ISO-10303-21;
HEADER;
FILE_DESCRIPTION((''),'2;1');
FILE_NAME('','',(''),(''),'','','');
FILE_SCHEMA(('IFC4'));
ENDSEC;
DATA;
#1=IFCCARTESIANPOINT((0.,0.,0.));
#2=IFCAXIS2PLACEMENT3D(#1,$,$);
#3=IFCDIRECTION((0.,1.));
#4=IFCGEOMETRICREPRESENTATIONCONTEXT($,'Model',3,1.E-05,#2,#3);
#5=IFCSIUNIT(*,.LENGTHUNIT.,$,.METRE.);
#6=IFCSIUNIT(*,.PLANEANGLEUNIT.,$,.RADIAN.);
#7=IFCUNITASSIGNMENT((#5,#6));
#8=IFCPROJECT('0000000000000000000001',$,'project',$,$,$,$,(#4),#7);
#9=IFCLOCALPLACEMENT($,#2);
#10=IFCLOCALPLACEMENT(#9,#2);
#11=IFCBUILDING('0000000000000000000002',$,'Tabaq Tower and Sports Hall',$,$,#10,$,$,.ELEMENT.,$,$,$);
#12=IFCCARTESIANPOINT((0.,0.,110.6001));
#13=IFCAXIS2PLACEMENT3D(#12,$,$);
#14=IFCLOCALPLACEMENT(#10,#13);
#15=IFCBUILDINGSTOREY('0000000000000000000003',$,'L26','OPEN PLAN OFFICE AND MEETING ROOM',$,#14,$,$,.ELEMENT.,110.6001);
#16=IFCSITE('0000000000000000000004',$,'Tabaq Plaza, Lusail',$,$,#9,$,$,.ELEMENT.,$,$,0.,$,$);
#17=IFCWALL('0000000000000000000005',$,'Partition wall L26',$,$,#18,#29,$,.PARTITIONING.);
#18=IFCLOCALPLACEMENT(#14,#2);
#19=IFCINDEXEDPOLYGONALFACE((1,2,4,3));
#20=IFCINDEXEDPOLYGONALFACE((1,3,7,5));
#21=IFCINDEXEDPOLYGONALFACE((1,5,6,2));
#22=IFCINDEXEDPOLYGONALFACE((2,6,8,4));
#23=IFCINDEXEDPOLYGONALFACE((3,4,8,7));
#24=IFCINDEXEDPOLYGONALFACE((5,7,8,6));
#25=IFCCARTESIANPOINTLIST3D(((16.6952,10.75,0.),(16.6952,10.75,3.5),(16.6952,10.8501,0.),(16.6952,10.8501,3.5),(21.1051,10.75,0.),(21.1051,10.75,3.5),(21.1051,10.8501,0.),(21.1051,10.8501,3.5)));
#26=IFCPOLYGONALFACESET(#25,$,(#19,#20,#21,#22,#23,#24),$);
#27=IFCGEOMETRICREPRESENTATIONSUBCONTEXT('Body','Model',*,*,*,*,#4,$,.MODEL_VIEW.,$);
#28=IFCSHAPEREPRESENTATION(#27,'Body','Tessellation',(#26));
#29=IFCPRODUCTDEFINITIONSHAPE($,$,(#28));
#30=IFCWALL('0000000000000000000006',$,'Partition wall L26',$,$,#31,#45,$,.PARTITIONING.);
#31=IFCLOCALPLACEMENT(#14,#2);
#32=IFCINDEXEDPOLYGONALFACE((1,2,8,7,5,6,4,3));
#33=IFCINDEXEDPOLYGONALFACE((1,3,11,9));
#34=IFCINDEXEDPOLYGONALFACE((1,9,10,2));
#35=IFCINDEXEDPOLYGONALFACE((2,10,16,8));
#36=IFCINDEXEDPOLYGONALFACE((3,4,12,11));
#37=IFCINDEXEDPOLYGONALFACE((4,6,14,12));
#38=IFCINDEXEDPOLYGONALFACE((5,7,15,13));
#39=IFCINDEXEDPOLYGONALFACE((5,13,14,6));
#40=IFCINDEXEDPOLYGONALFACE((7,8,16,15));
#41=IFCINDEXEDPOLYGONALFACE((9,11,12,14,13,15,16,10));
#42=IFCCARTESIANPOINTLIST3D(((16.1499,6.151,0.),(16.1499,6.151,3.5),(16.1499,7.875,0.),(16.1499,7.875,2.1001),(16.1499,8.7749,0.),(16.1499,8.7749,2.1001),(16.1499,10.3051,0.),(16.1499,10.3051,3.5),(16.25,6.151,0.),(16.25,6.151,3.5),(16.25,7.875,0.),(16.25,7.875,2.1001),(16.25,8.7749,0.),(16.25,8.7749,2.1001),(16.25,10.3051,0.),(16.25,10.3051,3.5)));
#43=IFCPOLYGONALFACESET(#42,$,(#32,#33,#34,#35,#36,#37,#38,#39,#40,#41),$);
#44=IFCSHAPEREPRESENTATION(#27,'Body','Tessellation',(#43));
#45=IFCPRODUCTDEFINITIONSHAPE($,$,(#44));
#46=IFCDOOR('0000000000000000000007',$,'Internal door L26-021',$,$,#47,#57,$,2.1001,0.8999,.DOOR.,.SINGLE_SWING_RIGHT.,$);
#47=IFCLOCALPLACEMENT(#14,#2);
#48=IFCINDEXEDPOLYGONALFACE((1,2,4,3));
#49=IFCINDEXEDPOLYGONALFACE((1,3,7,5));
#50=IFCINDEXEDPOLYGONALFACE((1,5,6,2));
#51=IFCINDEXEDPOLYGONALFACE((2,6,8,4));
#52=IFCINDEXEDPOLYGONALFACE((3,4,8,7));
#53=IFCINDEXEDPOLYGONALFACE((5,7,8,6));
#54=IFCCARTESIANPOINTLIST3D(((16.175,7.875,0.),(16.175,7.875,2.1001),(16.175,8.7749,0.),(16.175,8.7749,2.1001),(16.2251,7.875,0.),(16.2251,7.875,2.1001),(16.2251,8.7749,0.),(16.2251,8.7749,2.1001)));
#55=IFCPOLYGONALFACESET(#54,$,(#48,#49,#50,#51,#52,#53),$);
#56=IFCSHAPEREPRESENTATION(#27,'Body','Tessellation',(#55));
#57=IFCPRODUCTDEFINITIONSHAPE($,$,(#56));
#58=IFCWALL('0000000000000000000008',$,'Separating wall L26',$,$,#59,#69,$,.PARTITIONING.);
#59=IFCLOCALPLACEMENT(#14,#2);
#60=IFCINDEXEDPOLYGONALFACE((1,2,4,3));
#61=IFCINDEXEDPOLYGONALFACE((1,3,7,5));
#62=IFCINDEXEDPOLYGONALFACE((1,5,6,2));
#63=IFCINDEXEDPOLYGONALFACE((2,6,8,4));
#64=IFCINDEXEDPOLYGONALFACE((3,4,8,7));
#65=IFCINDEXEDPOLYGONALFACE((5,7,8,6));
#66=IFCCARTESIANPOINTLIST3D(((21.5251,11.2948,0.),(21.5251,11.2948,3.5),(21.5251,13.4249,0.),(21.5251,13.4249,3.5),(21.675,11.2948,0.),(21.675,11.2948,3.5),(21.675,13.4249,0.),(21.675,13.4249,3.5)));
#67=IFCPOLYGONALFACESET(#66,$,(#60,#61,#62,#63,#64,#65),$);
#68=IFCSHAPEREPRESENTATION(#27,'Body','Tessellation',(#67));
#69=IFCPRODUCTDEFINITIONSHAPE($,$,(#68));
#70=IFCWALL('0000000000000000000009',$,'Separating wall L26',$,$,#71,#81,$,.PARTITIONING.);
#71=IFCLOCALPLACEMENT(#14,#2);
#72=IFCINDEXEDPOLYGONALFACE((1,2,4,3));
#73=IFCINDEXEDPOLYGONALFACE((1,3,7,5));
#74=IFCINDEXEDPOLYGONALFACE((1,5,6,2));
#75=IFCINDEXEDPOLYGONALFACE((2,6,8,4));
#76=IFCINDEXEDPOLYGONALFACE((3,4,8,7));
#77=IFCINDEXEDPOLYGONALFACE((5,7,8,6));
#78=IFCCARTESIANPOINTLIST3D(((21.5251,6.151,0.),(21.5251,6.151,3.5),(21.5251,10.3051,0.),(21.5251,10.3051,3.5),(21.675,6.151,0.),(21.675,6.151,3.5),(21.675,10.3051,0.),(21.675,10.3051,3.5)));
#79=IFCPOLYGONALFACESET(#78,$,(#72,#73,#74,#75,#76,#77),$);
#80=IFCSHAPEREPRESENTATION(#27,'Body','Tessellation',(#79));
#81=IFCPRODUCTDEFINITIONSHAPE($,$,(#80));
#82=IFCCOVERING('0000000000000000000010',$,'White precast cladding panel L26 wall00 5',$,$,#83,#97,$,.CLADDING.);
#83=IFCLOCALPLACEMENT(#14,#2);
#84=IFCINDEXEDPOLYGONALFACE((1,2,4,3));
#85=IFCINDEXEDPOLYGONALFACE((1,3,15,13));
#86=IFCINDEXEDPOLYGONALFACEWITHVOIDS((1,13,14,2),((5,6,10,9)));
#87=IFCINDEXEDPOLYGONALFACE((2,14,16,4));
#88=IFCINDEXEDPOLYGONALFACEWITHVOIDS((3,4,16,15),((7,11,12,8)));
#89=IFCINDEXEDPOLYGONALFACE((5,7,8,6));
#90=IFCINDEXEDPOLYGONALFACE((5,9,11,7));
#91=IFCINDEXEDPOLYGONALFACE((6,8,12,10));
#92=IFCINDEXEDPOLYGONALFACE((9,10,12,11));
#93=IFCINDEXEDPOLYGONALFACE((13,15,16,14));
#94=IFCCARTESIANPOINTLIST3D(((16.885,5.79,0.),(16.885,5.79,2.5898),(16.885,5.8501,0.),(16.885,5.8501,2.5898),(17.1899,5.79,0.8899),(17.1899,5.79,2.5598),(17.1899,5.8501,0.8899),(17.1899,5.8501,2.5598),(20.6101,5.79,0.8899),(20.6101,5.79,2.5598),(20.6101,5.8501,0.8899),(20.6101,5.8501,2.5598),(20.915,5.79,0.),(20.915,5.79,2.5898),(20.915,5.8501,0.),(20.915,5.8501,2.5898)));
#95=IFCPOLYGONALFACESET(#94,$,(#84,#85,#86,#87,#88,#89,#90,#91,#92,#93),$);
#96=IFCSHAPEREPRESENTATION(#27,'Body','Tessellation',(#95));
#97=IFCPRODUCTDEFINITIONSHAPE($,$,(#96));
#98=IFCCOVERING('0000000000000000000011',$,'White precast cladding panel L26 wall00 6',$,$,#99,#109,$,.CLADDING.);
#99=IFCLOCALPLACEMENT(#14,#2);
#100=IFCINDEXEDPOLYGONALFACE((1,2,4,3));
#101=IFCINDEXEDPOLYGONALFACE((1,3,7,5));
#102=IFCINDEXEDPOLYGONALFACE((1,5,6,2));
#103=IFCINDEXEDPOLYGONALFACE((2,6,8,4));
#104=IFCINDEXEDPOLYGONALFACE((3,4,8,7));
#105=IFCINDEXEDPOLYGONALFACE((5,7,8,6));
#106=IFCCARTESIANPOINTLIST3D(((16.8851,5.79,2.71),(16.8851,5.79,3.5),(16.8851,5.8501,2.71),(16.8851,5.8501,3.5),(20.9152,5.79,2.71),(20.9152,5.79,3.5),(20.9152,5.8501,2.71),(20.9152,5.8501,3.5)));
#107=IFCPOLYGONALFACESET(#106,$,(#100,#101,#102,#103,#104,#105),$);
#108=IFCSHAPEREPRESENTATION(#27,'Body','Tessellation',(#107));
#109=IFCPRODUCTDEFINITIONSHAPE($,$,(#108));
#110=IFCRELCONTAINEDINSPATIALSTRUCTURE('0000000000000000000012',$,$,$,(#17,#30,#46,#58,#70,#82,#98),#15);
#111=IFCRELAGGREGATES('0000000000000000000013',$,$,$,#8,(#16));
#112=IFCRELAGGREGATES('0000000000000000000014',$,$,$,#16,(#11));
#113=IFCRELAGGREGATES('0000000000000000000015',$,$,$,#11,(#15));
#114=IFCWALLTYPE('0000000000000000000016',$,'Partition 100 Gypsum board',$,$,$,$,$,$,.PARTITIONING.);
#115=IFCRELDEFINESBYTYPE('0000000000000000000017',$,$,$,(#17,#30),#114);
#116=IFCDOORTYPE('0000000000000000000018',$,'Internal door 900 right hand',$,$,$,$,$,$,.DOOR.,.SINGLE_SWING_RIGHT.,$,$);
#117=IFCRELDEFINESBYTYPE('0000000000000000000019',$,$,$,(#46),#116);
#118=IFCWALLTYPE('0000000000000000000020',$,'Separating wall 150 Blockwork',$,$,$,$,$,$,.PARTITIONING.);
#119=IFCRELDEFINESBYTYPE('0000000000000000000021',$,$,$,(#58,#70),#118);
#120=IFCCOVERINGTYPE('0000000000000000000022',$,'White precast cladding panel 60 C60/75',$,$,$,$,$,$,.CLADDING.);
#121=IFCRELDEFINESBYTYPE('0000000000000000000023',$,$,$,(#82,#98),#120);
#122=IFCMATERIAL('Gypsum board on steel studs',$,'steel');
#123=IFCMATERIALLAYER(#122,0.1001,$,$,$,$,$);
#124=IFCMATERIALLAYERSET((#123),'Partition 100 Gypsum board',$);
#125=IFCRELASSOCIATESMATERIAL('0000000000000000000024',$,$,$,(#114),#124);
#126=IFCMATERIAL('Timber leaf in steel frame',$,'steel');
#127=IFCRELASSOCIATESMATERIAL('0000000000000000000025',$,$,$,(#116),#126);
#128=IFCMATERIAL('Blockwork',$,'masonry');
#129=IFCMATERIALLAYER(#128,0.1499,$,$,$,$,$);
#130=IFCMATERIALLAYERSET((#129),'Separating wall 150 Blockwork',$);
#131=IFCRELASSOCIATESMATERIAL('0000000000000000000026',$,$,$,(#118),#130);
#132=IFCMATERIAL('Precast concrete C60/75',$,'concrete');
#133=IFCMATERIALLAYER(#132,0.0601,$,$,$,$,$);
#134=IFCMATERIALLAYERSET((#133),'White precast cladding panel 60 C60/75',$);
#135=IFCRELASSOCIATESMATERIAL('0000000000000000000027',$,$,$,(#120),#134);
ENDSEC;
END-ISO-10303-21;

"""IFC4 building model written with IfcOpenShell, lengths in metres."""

from ifc_helpers import new_model, si_unit, direction, frame, frame_2d, origin, place, context, subcontext, project, spatial, polyline, rectangle, outline, extrude, material, layer, layer_set, type_object, element, fill, save


model = new_model("IFC4")

# Units and contexts
model_context = context("Model", 3, precision=1e-05, world=origin(), true_north=direction((0.0, 1.0)))
body_context = subcontext(model_context, "Body", "Model", "MODEL_VIEW")
ifc_project = project(units=[si_unit("LENGTHUNIT", "METRE"), si_unit("PLANEANGLEUNIT", "RADIAN")], contexts=[model_context])

# Site, building, storey
site_placement = place(None, origin())
site = spatial("IfcSite", under=ifc_project, at=site_placement, Name="Tabaq Plaza, Lusail", CompositionType="ELEMENT", RefElevation=0.0)
building_placement = place(site_placement, origin())
building = spatial("IfcBuilding", under=site, at=building_placement, Name="Tabaq Tower and Sports Hall", CompositionType="ELEMENT")
storey_placement = place(building_placement, frame((0.0, 0.0, 110.6001)))
storey = spatial("IfcBuildingStorey", under=building, at=storey_placement, Name="L26", Description="OPEN PLAN OFFICE AND MEETING ROOM", CompositionType="ELEMENT", Elevation=110.6001)

# Shared definitions
ifc_material_1 = material(Name="Gypsum board on steel studs", Category="steel")
ifc_layer_1 = layer(ifc_material_1, 0.1001)
ifc_layer_set_1 = layer_set([ifc_layer_1], Name="Partition 100 Gypsum board")
wall_type_1 = type_object("IfcWallType", Name="Partition 100 Gypsum board", PredefinedType="PARTITIONING", material=ifc_layer_set_1)
ifc_material_2 = material(Name="Timber leaf in steel frame", Category="steel")
door_type_1 = type_object("IfcDoorType", Name="Internal door 900 right hand", OperationType="SINGLE_SWING_RIGHT", PredefinedType="DOOR", material=ifc_material_2)

# Wall
wall_1_placement = place(storey_placement, frame((16.6951, 10.8, 0.0), z_axis=(0.0, 0.0, 1.0), x_axis=(1.0, 0.0, 0.0)))
element("IfcWall", 1, at=wall_1_placement, inside=storey, type_object=wall_type_1, Name="Partition wall L26", PredefinedType="PARTITIONING", context=body_context, shape_type="SweptSolid", body=[
    extrude(rectangle(XDim=4.4099, YDim=0.1001, at=frame_2d((2.2051, 0.0))), origin(), (0.0, 0.0, 1.0), 3.5),
])

# Wall, opening, door
wall_2_placement = place(storey_placement, frame((16.2, 6.1509, 0.0), z_axis=(0.0, 0.0, 1.0), x_axis=(0.0, 1.0, 0.0)))
wall_2 = element("IfcWall", 2, at=wall_2_placement, inside=storey, type_object=wall_type_1, Name="Partition wall L26", PredefinedType="PARTITIONING", context=body_context, shape_type="SweptSolid", body=[
    extrude(rectangle(XDim=4.1541, YDim=0.1001, at=frame_2d((2.0771, 0.0))), origin(), (0.0, 0.0, 1.0), 3.5),
])
opening_1_placement = place(wall_2_placement, frame((1.7241, 0.0, 0.0)))
opening_1 = element("IfcOpeningElement", 3, at=opening_1_placement, cuts=wall_2, PredefinedType="OPENING", context=body_context, shape_type="SweptSolid", body=[
    extrude(rectangle(XDim=0.8999, YDim=2.1001, at=frame_2d((0.45, 1.05))), frame((0.0, 0.05, 0.0), z_axis=(0.0, -1.0, 0.0), x_axis=(1.0, 0.0, 0.0)), (0.0, 0.0, 1.0), 0.1001),
])
door_1_placement = place(opening_1_placement, origin())
door_1 = element("IfcDoor", 4, at=door_1_placement, inside=storey, type_object=door_type_1, Name="Internal door L26-021", OperationType="SINGLE_SWING_RIGHT", OverallHeight=2.1001, OverallWidth=0.8999, PredefinedType="DOOR", context=body_context, shape_type="SweptSolid", body=[
    extrude(rectangle(XDim=0.8999, YDim=2.1001, at=frame_2d((0.45, 1.05))), frame((0.0, 0.0249, 0.0), z_axis=(0.0, -1.0, 0.0), x_axis=(1.0, 0.0, 0.0)), (0.0, 0.0, 1.0), 0.05),
])
fill(opening_1, door_1)

# Walls
ifc_material_3 = material(Name="Blockwork", Category="masonry")
ifc_layer_2 = layer(ifc_material_3, 0.1499)
ifc_layer_set_2 = layer_set([ifc_layer_2], Name="Separating wall 150 Blockwork")
wall_type_2 = type_object("IfcWallType", Name="Separating wall 150 Blockwork", PredefinedType="PARTITIONING", material=ifc_layer_set_2)
wall_3_placement = place(storey_placement, frame((21.6001, 11.2949, 0.0), z_axis=(0.0, 0.0, 1.0), x_axis=(0.0, 1.0, 0.0)))
element("IfcWall", 5, at=wall_3_placement, inside=storey, type_object=wall_type_2, Name="Separating wall L26", PredefinedType="PARTITIONING", context=body_context, shape_type="SweptSolid", body=[
    extrude(rectangle(XDim=2.1301, YDim=0.1499, at=frame_2d((1.0649, 0.0))), origin(), (0.0, 0.0, 1.0), 3.5),
])
wall_4_placement = place(storey_placement, frame((21.6001, 6.1509, 0.0), z_axis=(0.0, 0.0, 1.0), x_axis=(0.0, 1.0, 0.0)))
element("IfcWall", 6, at=wall_4_placement, inside=storey, type_object=wall_type_2, Name="Separating wall L26", PredefinedType="PARTITIONING", context=body_context, shape_type="SweptSolid", body=[
    extrude(rectangle(XDim=4.1541, YDim=0.1499, at=frame_2d((2.0771, 0.0))), origin(), (0.0, 0.0, 1.0), 3.5),
])

# Coverings
ifc_material_4 = material(Name="Precast concrete C60/75", Category="concrete")
ifc_layer_3 = layer(ifc_material_4, 0.0601)
ifc_layer_set_3 = layer_set([ifc_layer_3], Name="White precast cladding panel 60 C60/75")
covering_type = type_object("IfcCoveringType", Name="White precast cladding panel 60 C60/75", PredefinedType="CLADDING", material=ifc_layer_set_3)
covering_1_placement = place(storey_placement, frame((16.885, 5.8201, 0.0), z_axis=(0.0, 0.0, 1.0), x_axis=(1.0, 0.0, 0.0)))
element("IfcCovering", 7, at=covering_1_placement, inside=storey, type_object=covering_type, Name="White precast cladding panel L26 wall00 5", PredefinedType="CLADDING", context=body_context, shape_type="SweptSolid", body=[
    extrude(outline(polyline([(0.0, 0.0), (4.03, 0.0), (4.03, 2.5898), (0.0, 2.5898), (0.0, 0.0)]), holes=[polyline([(3.7251, 0.8899), (0.3049, 0.8899), (0.3049, 2.5598), (3.7251, 2.5598), (3.7251, 0.8899)])]), frame((0.0, 0.03, 0.0), z_axis=(0.0, -1.0, 0.0), x_axis=(1.0, 0.0, 0.0)), (0.0, 0.0, 1.0), 0.0601),
])
covering_2_placement = place(storey_placement, frame((16.885, 5.8201, 2.71), z_axis=(0.0, 0.0, 1.0), x_axis=(1.0, 0.0, 0.0)))
element("IfcCovering", 8, at=covering_2_placement, inside=storey, type_object=covering_type, Name="White precast cladding panel L26 wall00 6", PredefinedType="CLADDING", context=body_context, shape_type="SweptSolid", body=[
    extrude(rectangle(XDim=4.03, YDim=0.0601, at=frame_2d((2.0151, 0.0))), origin(), (0.0, 0.0, 1.0), 0.79),
])

save(model, "model.ifc")
